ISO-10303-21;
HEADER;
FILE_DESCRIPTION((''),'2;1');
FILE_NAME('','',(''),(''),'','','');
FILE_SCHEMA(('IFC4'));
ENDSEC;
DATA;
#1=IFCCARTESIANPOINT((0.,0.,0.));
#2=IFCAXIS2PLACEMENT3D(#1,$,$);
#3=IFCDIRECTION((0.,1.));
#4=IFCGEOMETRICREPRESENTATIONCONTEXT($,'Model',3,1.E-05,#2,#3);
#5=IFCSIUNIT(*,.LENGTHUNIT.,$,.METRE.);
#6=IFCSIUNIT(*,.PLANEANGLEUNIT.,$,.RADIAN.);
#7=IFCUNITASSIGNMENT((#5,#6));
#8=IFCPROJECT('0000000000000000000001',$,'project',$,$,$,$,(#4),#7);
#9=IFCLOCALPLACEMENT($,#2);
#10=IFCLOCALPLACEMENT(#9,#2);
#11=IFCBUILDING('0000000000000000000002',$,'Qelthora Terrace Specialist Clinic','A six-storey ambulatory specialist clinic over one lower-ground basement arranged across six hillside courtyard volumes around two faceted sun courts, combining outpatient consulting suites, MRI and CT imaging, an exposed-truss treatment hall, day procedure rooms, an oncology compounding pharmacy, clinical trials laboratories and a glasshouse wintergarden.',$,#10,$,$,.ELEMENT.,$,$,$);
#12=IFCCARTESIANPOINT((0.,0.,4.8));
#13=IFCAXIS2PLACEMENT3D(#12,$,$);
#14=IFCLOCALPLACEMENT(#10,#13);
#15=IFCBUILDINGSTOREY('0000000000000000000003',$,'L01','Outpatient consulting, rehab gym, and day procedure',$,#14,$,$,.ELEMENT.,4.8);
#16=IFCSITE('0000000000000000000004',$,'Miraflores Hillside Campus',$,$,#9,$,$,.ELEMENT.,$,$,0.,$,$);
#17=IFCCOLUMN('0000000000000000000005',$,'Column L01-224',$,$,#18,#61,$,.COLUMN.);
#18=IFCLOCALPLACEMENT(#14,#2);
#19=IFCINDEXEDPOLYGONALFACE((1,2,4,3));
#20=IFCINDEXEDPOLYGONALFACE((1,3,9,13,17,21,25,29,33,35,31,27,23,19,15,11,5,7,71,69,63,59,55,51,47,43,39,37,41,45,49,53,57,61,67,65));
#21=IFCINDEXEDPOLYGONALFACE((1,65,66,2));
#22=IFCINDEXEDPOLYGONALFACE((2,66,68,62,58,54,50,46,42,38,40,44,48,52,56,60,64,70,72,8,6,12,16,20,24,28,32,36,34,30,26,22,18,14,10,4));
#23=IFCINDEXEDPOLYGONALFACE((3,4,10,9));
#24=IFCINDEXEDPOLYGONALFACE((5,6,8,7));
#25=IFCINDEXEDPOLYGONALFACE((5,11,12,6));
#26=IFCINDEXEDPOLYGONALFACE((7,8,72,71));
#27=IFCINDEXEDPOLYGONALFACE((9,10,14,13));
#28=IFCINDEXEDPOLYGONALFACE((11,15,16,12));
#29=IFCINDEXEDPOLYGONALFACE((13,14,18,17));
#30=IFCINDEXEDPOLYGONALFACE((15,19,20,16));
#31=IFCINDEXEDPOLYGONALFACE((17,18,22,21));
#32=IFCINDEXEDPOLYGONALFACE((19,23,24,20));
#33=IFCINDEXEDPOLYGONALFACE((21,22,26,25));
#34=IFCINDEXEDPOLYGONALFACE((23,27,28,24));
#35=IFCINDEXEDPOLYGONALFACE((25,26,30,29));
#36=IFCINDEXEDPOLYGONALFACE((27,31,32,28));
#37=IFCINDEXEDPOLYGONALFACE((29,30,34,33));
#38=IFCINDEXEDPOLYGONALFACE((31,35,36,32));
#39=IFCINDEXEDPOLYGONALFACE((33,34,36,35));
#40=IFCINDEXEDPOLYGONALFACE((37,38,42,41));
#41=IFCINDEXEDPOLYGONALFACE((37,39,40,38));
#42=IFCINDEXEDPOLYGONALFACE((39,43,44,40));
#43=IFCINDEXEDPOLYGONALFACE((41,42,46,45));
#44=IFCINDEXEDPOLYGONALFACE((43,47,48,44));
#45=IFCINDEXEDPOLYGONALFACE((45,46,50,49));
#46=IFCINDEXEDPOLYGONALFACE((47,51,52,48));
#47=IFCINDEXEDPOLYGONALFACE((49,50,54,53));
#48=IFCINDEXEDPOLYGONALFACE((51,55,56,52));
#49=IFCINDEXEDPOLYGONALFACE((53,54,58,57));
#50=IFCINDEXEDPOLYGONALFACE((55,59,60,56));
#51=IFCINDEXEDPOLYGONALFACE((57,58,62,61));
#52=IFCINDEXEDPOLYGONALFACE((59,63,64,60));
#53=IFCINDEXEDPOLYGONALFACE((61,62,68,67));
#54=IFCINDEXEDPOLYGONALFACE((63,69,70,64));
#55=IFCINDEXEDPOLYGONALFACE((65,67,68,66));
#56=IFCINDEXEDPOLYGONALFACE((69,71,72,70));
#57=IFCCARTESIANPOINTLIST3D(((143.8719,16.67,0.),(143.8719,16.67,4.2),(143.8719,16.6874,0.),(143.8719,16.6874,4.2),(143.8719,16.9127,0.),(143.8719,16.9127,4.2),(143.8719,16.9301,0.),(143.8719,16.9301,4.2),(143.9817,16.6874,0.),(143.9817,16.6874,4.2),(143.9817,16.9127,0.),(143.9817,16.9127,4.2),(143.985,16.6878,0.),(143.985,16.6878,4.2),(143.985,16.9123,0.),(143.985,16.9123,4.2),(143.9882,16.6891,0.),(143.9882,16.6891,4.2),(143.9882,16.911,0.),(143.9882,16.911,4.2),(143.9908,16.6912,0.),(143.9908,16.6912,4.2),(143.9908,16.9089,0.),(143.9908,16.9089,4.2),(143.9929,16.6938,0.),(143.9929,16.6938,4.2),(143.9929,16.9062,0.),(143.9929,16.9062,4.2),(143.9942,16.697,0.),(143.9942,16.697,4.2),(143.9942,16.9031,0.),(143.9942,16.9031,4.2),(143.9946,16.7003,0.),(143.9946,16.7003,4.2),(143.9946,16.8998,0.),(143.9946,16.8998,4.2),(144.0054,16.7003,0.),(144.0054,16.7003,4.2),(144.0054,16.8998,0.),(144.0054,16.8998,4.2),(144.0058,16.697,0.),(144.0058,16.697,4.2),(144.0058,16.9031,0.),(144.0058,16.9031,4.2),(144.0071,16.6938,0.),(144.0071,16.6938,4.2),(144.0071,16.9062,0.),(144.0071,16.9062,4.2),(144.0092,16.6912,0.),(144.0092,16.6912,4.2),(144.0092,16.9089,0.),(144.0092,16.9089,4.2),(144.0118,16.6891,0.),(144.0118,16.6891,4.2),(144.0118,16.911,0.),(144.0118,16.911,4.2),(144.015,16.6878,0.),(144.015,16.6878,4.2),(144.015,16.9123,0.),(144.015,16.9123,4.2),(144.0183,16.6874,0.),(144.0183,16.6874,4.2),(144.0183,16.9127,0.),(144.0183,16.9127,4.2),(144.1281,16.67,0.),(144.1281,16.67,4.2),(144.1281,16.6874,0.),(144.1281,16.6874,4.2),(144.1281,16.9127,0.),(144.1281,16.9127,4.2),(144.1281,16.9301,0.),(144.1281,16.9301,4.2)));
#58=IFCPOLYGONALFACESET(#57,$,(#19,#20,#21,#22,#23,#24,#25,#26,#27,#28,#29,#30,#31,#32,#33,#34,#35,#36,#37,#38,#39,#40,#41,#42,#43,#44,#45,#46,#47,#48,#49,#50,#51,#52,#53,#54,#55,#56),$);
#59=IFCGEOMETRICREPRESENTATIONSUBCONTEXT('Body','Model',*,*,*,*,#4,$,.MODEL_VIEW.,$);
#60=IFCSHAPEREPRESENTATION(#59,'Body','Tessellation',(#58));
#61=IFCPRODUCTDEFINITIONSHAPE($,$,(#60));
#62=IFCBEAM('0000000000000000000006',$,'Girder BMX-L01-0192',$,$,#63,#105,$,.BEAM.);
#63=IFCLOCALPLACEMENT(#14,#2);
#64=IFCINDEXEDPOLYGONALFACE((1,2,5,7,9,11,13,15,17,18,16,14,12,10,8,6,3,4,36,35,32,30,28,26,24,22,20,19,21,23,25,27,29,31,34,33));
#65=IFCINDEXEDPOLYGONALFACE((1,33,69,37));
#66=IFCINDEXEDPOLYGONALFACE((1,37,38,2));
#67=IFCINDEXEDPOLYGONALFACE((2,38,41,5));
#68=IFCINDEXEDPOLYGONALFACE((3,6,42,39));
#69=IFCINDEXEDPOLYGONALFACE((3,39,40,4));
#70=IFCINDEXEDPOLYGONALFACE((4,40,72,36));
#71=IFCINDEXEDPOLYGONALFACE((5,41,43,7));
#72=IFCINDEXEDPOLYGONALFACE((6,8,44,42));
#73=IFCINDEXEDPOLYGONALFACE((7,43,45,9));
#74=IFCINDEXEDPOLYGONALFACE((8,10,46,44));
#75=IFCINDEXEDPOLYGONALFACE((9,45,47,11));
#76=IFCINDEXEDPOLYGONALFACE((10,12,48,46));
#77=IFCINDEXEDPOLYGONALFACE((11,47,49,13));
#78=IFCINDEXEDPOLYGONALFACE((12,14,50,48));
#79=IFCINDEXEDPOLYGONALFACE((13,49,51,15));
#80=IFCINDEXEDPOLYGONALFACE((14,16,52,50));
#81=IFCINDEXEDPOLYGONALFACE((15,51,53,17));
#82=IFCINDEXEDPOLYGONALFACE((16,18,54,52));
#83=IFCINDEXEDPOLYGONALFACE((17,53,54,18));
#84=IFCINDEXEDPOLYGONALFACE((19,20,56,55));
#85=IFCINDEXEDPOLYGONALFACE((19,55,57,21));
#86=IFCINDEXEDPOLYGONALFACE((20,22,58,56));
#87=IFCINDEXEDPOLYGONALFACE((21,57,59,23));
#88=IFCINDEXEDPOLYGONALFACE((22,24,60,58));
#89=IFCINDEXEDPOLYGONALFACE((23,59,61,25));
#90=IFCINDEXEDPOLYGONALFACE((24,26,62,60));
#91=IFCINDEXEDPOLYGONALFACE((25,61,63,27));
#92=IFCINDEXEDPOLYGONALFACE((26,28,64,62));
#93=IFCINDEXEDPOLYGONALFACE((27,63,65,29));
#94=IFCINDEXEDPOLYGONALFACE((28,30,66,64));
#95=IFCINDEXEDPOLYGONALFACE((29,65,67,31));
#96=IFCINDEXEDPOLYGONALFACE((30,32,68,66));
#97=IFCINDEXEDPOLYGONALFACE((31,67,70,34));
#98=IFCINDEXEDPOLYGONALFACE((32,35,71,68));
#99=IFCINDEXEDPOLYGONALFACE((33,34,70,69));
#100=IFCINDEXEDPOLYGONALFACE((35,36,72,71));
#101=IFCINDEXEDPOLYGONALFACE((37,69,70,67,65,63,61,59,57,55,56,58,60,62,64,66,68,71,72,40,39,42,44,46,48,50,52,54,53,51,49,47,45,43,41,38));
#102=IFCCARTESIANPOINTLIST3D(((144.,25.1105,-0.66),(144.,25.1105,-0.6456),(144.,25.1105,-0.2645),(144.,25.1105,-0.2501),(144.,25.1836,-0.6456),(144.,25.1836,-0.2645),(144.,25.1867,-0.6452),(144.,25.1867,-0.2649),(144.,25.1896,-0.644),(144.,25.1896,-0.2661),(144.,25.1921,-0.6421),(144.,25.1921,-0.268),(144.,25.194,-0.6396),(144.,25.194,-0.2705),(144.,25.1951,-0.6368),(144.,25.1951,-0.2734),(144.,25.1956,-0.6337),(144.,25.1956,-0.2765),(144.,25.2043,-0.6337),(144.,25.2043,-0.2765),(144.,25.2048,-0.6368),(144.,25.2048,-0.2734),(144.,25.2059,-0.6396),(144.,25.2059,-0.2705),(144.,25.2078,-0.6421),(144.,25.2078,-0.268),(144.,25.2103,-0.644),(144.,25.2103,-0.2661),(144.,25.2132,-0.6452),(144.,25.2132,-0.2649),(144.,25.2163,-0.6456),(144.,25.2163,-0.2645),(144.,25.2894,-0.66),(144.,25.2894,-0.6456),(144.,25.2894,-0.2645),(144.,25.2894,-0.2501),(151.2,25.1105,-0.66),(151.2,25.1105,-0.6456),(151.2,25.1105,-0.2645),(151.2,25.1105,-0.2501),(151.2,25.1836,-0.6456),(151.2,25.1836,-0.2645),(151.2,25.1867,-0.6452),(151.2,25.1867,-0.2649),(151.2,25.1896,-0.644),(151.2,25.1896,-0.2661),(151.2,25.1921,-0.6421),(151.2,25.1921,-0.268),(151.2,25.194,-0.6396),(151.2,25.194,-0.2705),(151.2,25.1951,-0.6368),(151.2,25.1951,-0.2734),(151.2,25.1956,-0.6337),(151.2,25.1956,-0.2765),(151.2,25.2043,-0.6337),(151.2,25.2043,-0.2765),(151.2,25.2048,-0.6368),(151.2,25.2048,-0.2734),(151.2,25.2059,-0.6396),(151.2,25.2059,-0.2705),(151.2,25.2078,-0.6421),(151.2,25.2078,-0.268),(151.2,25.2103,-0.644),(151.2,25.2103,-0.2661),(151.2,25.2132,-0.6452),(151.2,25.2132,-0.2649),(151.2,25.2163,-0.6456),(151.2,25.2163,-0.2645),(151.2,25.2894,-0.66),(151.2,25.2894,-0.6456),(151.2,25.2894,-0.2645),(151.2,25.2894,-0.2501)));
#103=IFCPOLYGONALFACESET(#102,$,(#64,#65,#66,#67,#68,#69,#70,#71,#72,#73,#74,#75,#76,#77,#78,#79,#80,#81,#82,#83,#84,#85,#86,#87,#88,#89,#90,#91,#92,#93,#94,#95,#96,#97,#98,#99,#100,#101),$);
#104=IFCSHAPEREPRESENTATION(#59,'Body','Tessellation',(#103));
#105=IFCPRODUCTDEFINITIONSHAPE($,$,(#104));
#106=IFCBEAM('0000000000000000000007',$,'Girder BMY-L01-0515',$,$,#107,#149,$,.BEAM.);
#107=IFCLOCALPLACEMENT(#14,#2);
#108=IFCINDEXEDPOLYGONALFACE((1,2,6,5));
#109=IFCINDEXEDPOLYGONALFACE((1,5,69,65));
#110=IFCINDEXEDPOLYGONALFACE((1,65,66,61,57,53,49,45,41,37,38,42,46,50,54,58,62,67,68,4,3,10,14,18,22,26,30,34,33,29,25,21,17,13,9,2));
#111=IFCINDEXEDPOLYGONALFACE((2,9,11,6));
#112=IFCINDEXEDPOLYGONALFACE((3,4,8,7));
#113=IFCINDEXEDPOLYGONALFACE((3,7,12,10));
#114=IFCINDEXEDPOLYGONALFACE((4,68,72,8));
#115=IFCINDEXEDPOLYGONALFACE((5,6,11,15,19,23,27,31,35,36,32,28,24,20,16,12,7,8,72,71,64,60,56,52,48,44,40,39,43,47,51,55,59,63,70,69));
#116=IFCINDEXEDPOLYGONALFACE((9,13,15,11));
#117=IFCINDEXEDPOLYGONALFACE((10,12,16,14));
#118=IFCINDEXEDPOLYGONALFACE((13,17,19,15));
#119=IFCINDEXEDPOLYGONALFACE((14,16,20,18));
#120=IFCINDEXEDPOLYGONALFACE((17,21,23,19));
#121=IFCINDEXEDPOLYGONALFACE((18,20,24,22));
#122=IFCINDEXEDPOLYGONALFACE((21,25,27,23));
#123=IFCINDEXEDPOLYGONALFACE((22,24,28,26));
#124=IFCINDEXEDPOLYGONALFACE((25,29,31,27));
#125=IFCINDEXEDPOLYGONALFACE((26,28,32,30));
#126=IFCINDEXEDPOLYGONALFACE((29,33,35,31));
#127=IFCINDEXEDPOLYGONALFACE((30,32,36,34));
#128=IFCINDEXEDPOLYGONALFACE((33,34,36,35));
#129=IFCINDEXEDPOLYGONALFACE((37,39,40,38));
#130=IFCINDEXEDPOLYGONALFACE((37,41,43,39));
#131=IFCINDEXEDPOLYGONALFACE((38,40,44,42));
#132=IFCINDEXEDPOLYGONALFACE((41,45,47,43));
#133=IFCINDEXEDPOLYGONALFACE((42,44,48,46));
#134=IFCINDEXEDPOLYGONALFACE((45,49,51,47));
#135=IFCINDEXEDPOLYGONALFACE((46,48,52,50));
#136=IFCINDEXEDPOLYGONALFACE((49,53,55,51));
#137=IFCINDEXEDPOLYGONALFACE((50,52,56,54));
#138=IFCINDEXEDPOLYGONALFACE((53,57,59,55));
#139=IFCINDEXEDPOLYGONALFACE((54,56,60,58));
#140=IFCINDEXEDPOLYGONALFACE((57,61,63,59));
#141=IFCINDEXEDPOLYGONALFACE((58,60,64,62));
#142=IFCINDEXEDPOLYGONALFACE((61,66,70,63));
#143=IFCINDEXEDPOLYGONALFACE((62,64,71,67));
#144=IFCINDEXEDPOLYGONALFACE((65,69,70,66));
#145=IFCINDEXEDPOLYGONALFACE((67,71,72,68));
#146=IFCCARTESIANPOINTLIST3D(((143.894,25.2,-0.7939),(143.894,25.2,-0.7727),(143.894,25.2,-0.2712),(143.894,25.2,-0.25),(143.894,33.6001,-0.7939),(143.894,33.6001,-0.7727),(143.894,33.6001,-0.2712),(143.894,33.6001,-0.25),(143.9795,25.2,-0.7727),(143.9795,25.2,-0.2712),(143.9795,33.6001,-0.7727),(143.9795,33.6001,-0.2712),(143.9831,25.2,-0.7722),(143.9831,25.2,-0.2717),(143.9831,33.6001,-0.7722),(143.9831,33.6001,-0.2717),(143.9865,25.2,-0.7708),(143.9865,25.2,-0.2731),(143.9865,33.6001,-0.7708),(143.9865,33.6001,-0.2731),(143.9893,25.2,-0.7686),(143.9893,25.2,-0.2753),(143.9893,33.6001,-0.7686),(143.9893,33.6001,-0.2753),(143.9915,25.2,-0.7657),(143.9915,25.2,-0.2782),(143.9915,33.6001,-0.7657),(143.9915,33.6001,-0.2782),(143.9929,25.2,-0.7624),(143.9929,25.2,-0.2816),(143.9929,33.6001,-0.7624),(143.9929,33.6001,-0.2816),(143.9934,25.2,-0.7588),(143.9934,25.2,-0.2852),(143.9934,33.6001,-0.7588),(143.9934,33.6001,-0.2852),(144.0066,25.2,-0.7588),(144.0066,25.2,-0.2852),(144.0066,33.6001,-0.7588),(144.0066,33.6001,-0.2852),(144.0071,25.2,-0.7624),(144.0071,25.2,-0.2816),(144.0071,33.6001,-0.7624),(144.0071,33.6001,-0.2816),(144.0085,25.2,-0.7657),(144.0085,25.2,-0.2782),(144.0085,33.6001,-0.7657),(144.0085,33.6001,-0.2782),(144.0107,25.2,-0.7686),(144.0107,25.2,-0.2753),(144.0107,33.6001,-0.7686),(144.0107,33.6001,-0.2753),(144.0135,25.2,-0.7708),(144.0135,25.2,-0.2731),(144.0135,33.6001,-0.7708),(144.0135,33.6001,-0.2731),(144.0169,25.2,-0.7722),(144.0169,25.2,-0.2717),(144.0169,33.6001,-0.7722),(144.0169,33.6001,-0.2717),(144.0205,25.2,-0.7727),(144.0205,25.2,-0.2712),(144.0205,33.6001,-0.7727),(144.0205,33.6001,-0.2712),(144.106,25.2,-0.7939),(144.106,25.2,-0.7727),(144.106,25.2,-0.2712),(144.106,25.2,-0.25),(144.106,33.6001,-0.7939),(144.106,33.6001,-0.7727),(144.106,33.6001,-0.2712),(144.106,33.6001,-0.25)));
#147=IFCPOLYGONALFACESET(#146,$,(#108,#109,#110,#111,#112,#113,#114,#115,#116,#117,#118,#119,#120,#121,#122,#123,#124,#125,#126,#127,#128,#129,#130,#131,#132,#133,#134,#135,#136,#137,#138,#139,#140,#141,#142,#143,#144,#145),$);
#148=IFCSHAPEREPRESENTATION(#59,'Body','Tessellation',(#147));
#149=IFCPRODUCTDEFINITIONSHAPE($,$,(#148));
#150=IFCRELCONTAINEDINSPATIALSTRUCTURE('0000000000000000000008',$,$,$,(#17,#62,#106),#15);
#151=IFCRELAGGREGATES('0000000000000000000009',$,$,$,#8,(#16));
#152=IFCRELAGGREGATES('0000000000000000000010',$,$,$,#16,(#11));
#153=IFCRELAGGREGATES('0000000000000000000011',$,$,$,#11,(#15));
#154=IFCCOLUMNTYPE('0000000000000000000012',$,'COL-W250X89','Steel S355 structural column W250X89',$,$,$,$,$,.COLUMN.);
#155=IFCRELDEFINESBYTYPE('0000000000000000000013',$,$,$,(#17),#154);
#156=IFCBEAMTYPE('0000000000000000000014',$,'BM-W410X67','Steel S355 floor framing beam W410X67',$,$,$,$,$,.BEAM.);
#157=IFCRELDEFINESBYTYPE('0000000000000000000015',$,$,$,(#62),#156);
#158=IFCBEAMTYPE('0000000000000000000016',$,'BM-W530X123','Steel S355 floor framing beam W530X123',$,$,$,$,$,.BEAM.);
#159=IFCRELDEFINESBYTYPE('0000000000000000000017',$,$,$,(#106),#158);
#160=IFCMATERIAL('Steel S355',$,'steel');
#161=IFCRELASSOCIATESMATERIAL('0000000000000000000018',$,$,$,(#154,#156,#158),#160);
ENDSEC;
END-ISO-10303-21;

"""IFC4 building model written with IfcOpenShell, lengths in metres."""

from ifc_helpers import new_model, si_unit, direction, frame, origin, origin_2d, place, context, subcontext, project, spatial, i_section, extrude, material, material_profile, profile_set, type_object, element, save


model = new_model("IFC4")

# Units and contexts
model_context = context("Model", 3, precision=1e-05, world=origin(), true_north=direction((0.0, 1.0)))
body_context = subcontext(model_context, "Body", "Model", "MODEL_VIEW")
ifc_project = project(units=[si_unit("LENGTHUNIT", "METRE"), si_unit("PLANEANGLEUNIT", "RADIAN")], contexts=[model_context])

# Site, building, storey
site_placement = place(None, origin())
site = spatial("IfcSite", under=ifc_project, at=site_placement, Name="Miraflores Hillside Campus", CompositionType="ELEMENT", RefElevation=0.0)
building_placement = place(site_placement, origin())
building = spatial("IfcBuilding", under=site, at=building_placement, Name="Qelthora Terrace Specialist Clinic", Description="A six-storey ambulatory specialist clinic over one lower-ground basement arranged across six hillside courtyard volumes around two faceted sun courts, combining outpatient consulting suites, MRI and CT imaging, an exposed-truss treatment hall, day procedure rooms, an oncology compounding pharmacy, clinical trials laboratories and a glasshouse wintergarden.", CompositionType="ELEMENT")
storey_placement = place(building_placement, frame((0.0, 0.0, 4.8)))
storey = spatial("IfcBuildingStorey", under=building, at=storey_placement, Name="L01", Description="Outpatient consulting, rehab gym, and day procedure", CompositionType="ELEMENT", Elevation=4.8)

# Column
ifc_material_1 = material(Name="Steel S355", Category="steel")
ifc_material_profile_1 = material_profile(ifc_material_1, i_section(OverallWidth=0.2561, OverallDepth=0.26, WebThickness=0.0107, FlangeThickness=0.0173, FilletRadius=0.0129, at=origin_2d()), Name="W250X89")
ifc_profile_set_1 = profile_set([ifc_material_profile_1], Name="Steel S355")
column_type = type_object("IfcColumnType", Name="COL-W250X89", Description="Steel S355 structural column W250X89", PredefinedType="COLUMN", material=ifc_profile_set_1)
column_placement = place(storey_placement, frame((144.0, 16.8, 0.0), z_axis=(0.0, 0.0, 1.0), x_axis=(1.0, 0.0, 0.0)))
element("IfcColumn", 1, at=column_placement, inside=storey, type_object=column_type, Name="Column L01-224", PredefinedType="COLUMN", context=body_context, shape_type="SweptSolid", body=[
    extrude(i_section(OverallWidth=0.2561, OverallDepth=0.26, WebThickness=0.0107, FlangeThickness=0.0173, FilletRadius=0.0129, at=origin_2d()), origin(), (0.0, 0.0, 1.0), 4.2),
])

# Beams
ifc_material_profile_2 = material_profile(ifc_material_1, i_section(OverallWidth=0.179, OverallDepth=0.4099, WebThickness=0.0088, FlangeThickness=0.0144, FilletRadius=0.012, at=origin_2d()), Name="W410X67")
ifc_profile_set_2 = profile_set([ifc_material_profile_2], Name="Steel S355")
beam_type_1 = type_object("IfcBeamType", Name="BM-W410X67", Description="Steel S355 floor framing beam W410X67", PredefinedType="BEAM", material=ifc_profile_set_2)
beam_1_placement = place(storey_placement, frame((144.0, 25.2, -0.4551), z_axis=(1.0, 0.0, 0.0), x_axis=(0.0, 1.0, 0.0)))
element("IfcBeam", 2, at=beam_1_placement, inside=storey, type_object=beam_type_1, Name="Girder BMX-L01-0192", PredefinedType="BEAM", context=body_context, shape_type="SweptSolid", body=[
    extrude(i_section(OverallWidth=0.179, OverallDepth=0.4099, WebThickness=0.0088, FlangeThickness=0.0144, FilletRadius=0.012, at=origin_2d()), origin(), (0.0, 0.0, 1.0), 7.2),
])
ifc_material_profile_3 = material_profile(ifc_material_1, i_section(OverallWidth=0.2119, OverallDepth=0.5439, WebThickness=0.0132, FlangeThickness=0.0212, FilletRadius=0.0139, at=origin_2d()), Name="W530X123")
ifc_profile_set_3 = profile_set([ifc_material_profile_3], Name="Steel S355")
beam_type_2 = type_object("IfcBeamType", Name="BM-W530X123", Description="Steel S355 floor framing beam W530X123", PredefinedType="BEAM", material=ifc_profile_set_3)
beam_2_placement = place(storey_placement, frame((144.0, 25.2, -0.522), z_axis=(0.0, 1.0, 0.0), x_axis=(-1.0, 0.0, 0.0)))
element("IfcBeam", 3, at=beam_2_placement, inside=storey, type_object=beam_type_2, Name="Girder BMY-L01-0515", PredefinedType="BEAM", context=body_context, shape_type="SweptSolid", body=[
    extrude(i_section(OverallWidth=0.2119, OverallDepth=0.5439, WebThickness=0.0132, FlangeThickness=0.0212, FilletRadius=0.0139, at=origin_2d()), origin(), (0.0, 0.0, 1.0), 8.4001),
])

save(model, "model.ifc")
